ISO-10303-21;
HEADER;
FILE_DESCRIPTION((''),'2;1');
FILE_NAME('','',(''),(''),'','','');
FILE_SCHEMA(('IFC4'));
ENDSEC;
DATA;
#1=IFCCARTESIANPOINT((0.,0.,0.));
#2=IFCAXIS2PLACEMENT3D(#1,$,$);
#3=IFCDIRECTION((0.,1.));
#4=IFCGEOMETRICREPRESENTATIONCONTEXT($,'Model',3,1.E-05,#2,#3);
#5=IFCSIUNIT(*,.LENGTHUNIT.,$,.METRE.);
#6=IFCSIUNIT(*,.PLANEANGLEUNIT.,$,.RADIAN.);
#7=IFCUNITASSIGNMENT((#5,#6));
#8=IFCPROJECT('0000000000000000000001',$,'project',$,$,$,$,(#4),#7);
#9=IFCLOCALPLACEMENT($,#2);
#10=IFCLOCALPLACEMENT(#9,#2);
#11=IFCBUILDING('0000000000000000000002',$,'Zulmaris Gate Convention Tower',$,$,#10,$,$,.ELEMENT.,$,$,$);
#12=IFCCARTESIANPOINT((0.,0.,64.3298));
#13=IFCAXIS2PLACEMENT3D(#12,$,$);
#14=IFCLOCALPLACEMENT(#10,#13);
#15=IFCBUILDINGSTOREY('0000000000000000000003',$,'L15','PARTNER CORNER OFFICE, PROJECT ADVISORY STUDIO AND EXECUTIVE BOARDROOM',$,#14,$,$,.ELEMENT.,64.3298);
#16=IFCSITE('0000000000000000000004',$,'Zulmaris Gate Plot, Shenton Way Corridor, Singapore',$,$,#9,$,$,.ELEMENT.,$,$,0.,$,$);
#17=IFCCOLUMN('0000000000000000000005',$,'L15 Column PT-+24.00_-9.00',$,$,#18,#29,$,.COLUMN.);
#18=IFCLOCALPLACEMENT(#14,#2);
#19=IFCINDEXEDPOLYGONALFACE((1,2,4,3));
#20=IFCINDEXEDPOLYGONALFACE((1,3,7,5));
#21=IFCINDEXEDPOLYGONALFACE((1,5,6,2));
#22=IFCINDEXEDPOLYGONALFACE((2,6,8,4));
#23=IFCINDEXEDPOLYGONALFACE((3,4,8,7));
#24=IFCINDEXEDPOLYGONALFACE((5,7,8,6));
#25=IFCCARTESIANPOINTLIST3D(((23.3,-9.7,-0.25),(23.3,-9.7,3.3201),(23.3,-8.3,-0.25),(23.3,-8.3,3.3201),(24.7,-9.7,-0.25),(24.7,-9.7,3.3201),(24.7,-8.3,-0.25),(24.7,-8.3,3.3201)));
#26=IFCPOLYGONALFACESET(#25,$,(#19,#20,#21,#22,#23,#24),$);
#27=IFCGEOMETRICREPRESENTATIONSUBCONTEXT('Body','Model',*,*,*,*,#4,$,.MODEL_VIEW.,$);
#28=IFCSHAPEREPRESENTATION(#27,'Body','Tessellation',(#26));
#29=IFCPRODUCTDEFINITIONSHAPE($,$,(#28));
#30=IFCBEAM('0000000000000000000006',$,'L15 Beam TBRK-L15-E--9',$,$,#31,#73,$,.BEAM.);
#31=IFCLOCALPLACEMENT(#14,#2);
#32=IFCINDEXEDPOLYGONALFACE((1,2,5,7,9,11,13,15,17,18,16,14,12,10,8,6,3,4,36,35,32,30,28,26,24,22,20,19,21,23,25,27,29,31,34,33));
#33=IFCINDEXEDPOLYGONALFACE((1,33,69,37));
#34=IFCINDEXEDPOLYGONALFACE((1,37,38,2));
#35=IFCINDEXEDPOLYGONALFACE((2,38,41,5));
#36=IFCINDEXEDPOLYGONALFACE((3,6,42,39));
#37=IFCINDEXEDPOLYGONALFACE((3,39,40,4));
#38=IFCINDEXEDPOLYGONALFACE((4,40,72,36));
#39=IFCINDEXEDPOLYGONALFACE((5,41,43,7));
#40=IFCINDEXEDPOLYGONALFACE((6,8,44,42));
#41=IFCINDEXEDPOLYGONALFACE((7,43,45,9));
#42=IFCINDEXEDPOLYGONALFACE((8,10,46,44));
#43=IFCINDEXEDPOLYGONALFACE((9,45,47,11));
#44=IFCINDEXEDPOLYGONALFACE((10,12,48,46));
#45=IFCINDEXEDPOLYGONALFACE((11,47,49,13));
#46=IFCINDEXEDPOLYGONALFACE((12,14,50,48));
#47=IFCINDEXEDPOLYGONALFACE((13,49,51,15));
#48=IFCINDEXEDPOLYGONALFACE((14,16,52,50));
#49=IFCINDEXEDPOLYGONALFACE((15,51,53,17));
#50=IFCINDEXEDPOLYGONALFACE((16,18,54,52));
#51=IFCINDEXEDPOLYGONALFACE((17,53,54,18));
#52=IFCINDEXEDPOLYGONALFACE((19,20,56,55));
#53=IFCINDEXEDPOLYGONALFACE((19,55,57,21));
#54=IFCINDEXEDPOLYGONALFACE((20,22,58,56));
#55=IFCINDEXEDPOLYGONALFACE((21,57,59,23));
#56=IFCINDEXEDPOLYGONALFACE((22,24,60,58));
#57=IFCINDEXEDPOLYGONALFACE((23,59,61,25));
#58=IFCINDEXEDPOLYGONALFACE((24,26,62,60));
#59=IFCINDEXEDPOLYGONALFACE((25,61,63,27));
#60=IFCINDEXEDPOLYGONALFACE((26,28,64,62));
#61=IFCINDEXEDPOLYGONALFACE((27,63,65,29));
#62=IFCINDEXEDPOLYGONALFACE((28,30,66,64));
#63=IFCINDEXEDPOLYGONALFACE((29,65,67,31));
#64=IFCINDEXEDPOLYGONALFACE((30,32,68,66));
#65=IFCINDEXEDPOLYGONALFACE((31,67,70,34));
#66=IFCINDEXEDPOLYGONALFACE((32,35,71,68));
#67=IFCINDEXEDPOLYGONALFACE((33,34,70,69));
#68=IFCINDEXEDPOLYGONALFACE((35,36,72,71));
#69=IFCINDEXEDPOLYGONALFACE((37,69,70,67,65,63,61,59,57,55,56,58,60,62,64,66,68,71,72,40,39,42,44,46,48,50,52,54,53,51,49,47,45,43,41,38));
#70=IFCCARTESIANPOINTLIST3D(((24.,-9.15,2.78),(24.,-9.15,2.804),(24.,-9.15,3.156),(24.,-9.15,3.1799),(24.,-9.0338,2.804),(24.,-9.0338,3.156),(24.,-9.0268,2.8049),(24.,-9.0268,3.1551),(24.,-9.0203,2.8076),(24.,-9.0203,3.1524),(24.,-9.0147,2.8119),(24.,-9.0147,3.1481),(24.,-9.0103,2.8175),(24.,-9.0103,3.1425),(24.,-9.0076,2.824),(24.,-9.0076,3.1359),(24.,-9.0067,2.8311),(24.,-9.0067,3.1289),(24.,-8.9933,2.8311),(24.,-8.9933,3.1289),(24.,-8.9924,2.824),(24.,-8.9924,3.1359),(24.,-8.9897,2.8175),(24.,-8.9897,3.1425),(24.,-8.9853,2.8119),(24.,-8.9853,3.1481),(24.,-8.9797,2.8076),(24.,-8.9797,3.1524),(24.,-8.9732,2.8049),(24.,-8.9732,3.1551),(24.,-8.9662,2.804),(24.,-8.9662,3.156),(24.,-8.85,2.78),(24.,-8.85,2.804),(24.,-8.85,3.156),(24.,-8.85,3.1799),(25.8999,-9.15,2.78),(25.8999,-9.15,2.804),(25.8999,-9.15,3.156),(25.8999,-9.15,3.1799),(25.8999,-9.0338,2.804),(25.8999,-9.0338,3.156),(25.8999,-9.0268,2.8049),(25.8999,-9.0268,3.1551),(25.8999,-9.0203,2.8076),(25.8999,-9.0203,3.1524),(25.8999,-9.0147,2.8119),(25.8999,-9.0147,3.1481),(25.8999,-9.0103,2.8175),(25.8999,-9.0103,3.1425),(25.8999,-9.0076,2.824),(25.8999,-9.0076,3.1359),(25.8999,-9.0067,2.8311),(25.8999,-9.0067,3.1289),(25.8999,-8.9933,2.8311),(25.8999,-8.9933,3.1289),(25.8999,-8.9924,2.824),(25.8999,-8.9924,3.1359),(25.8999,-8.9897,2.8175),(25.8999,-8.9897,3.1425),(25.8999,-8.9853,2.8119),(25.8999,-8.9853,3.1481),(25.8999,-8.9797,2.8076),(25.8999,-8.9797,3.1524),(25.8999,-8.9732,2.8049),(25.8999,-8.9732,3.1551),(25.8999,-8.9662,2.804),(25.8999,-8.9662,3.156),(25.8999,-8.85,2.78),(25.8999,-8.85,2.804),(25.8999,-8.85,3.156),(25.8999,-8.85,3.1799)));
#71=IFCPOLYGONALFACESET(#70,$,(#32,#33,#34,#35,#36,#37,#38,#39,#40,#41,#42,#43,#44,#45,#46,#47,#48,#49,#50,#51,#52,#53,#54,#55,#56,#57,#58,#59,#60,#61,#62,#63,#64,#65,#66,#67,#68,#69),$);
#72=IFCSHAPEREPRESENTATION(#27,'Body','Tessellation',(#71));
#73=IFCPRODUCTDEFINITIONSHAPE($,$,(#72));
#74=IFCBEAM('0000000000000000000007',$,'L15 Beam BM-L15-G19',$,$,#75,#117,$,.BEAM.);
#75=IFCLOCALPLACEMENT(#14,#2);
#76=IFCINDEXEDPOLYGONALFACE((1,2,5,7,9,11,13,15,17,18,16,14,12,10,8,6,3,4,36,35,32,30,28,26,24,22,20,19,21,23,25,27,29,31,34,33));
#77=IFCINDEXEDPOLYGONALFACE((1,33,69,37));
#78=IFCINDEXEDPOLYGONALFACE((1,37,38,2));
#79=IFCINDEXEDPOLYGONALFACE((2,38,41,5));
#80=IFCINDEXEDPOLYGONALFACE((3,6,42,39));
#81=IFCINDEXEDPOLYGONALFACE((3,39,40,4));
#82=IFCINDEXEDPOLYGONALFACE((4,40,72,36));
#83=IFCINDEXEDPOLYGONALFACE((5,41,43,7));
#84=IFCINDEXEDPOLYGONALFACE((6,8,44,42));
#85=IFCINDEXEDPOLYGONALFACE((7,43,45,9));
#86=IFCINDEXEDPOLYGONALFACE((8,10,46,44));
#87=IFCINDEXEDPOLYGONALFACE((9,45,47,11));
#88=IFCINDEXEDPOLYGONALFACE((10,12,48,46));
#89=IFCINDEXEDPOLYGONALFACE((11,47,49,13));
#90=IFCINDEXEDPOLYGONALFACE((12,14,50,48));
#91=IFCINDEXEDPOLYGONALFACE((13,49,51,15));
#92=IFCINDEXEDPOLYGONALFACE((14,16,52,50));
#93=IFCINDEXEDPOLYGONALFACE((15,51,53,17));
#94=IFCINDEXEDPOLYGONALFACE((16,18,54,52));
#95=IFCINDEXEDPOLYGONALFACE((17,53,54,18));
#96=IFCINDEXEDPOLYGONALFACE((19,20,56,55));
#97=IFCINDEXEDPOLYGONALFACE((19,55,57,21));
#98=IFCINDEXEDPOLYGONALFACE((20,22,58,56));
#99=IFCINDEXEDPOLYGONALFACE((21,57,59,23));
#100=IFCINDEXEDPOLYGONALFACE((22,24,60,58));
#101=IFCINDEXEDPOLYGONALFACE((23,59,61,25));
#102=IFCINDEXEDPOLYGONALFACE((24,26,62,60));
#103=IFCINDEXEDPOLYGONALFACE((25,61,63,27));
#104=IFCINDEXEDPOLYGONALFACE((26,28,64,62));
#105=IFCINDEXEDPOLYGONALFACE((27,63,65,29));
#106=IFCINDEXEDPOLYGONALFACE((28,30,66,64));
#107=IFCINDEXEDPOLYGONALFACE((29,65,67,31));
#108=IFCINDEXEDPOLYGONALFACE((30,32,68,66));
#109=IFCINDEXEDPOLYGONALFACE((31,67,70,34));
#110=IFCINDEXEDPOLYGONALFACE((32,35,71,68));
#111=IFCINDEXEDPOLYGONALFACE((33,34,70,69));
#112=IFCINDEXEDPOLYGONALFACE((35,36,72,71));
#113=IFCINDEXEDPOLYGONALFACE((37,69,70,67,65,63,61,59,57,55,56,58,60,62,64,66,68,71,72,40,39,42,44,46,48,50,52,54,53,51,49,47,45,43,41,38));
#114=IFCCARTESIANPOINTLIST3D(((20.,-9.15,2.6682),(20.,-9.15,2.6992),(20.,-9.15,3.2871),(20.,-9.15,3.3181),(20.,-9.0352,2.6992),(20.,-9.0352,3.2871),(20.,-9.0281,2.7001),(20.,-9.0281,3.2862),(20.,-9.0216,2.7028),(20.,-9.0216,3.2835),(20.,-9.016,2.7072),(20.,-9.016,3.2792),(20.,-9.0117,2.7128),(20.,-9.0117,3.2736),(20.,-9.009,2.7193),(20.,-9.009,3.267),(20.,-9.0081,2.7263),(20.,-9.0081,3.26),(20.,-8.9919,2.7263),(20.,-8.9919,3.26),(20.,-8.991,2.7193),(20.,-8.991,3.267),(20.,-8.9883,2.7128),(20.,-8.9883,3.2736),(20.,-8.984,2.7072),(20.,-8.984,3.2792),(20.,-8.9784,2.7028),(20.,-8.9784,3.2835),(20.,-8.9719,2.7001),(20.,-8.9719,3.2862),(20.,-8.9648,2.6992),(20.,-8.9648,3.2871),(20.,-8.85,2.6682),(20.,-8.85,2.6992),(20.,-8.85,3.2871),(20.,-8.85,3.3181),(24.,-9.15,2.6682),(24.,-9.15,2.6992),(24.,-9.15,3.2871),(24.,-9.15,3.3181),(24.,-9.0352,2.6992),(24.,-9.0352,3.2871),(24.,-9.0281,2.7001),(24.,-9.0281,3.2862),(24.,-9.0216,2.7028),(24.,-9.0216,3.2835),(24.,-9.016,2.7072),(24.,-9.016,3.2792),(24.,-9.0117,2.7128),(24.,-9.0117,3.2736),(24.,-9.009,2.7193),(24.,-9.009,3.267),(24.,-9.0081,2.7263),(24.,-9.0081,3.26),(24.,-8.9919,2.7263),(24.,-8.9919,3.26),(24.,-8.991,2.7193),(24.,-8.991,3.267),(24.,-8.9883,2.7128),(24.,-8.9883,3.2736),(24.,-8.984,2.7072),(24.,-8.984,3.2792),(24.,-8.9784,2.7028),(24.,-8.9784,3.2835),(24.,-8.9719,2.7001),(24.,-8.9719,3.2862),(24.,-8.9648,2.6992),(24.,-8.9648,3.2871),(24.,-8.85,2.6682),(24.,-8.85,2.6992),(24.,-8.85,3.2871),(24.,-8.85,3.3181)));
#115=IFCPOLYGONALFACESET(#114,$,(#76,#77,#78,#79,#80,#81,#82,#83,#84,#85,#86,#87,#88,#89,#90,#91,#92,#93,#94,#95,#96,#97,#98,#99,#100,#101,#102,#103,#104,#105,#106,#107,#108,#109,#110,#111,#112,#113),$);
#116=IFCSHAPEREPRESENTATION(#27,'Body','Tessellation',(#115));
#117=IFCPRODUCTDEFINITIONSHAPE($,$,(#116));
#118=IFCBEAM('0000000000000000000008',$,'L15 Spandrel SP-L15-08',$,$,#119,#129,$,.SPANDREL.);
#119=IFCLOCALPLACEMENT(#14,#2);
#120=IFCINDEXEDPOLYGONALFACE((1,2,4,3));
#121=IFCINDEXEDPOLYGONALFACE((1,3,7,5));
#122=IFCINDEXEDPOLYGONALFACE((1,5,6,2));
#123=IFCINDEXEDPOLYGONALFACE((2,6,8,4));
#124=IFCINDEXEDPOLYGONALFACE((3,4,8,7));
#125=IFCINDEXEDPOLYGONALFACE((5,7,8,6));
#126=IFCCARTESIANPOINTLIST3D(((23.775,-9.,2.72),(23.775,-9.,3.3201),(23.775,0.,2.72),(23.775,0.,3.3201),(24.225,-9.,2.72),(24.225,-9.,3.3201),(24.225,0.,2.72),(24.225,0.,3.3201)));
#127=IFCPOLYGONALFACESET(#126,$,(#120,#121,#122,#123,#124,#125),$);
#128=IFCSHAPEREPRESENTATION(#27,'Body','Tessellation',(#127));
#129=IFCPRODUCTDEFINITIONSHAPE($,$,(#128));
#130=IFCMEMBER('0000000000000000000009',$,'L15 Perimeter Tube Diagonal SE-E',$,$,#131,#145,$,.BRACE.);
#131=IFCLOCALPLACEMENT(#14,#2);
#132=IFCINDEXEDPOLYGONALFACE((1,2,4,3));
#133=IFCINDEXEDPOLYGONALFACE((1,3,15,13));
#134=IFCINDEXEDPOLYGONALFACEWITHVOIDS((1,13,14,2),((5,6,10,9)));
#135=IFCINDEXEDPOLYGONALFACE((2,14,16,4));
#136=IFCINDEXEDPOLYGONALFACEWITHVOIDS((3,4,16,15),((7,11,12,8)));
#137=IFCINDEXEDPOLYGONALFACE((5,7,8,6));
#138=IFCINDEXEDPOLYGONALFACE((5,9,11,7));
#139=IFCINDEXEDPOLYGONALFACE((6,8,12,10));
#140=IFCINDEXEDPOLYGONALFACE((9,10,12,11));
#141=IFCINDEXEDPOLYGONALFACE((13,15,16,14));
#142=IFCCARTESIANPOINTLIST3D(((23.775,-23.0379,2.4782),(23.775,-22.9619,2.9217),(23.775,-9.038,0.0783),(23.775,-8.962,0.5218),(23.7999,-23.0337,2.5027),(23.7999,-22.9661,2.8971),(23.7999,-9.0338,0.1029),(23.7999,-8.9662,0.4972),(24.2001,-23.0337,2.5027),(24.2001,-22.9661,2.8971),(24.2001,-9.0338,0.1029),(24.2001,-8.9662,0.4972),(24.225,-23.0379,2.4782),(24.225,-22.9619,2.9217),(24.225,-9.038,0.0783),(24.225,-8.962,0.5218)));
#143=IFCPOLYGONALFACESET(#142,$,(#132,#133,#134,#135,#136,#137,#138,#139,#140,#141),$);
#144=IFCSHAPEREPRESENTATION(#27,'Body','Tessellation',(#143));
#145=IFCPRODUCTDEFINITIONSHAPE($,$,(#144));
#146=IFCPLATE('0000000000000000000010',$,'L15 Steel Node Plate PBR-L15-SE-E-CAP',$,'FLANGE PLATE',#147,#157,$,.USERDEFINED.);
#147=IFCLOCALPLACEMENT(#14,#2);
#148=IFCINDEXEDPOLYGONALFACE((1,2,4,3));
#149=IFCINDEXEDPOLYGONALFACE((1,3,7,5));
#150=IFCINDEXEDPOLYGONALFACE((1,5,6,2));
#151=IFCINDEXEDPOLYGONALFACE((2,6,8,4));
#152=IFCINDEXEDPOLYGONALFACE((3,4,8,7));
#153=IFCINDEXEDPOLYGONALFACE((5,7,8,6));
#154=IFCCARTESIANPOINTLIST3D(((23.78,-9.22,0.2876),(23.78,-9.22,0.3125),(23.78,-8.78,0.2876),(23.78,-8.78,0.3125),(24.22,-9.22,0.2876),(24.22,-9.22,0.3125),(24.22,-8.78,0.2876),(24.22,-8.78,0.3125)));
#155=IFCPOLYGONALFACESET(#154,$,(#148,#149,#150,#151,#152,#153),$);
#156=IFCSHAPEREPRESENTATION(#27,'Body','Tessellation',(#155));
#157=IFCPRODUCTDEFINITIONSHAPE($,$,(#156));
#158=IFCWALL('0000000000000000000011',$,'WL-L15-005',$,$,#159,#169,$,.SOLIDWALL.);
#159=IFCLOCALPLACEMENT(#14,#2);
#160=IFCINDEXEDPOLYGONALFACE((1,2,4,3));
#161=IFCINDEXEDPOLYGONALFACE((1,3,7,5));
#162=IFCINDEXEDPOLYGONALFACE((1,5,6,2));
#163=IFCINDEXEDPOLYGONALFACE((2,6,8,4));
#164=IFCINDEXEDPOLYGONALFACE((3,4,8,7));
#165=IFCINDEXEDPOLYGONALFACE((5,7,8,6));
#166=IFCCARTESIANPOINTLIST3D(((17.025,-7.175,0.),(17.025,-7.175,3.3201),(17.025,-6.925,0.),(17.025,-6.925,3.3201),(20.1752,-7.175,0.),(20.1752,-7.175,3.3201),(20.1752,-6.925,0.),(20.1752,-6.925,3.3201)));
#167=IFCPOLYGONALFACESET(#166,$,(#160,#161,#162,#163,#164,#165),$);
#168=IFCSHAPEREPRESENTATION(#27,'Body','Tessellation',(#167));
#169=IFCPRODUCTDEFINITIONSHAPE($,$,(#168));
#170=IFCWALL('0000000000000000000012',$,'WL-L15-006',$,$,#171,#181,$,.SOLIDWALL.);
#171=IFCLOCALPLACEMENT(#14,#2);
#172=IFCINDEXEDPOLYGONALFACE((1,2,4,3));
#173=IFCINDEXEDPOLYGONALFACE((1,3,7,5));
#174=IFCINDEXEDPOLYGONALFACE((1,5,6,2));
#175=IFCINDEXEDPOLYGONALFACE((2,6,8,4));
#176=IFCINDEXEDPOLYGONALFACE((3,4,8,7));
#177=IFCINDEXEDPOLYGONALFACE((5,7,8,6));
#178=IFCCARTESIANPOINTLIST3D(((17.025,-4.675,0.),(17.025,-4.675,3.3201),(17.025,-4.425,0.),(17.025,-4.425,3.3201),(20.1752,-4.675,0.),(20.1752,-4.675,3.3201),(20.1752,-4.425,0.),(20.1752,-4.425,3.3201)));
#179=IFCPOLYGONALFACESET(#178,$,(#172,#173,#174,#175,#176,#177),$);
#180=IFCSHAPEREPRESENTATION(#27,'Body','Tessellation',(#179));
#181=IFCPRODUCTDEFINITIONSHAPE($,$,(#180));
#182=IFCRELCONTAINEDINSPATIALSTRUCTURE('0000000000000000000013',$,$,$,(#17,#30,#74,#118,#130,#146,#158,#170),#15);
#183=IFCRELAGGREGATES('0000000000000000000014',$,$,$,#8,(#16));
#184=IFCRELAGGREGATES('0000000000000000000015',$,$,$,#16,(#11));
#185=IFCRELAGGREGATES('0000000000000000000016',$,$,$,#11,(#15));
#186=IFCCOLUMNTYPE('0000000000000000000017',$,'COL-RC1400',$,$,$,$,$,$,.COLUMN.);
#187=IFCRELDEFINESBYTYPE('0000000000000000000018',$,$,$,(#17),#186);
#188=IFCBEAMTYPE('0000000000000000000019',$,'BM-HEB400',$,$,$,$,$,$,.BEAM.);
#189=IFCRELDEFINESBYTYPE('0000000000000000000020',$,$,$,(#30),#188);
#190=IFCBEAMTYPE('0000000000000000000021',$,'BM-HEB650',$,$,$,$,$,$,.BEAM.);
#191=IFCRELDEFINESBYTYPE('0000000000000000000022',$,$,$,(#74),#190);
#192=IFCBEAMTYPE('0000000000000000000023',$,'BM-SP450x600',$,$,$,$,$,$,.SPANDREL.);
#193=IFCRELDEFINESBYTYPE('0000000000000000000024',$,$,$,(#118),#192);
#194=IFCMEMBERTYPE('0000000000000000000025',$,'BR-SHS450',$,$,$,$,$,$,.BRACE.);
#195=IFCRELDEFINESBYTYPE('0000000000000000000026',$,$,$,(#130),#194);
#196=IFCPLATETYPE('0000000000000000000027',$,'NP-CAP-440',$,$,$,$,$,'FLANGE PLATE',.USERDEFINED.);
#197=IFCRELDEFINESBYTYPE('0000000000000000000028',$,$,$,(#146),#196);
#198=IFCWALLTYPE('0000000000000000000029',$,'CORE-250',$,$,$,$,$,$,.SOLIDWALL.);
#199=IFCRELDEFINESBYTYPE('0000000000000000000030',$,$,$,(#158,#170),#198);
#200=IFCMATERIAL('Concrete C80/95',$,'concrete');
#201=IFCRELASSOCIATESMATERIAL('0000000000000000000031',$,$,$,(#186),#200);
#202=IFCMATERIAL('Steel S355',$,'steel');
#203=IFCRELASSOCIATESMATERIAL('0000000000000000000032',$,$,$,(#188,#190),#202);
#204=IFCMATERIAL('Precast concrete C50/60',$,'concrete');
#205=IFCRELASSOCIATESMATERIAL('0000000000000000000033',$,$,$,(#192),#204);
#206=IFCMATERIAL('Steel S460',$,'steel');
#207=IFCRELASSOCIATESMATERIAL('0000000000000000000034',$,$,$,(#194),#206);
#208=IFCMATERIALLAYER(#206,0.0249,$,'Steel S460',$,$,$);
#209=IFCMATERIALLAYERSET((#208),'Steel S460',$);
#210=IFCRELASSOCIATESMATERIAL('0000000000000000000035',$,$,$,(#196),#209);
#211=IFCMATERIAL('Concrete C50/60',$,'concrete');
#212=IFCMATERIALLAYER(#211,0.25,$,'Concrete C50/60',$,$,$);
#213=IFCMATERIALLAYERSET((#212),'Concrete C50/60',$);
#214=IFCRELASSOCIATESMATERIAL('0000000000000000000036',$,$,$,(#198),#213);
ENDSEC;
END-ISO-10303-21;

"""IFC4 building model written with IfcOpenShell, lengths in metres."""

from ifc_helpers import new_model, si_unit, direction, frame, frame_2d, origin, origin_2d, place, context, subcontext, project, spatial, rectangle, hollow_rectangle, i_section, extrude, material, layer, layer_set, material_profile, profile_set, type_object, element, save


model = new_model("IFC4")

# Units and contexts
model_context = context("Model", 3, precision=1e-05, world=origin(), true_north=direction((0.0, 1.0)))
body_context = subcontext(model_context, "Body", "Model", "MODEL_VIEW")
ifc_project = project(units=[si_unit("LENGTHUNIT", "METRE"), si_unit("PLANEANGLEUNIT", "RADIAN")], contexts=[model_context])

# Site, building, storey
site_placement = place(None, origin())
site = spatial("IfcSite", under=ifc_project, at=site_placement, Name="Zulmaris Gate Plot, Shenton Way Corridor, Singapore", CompositionType="ELEMENT", RefElevation=0.0)
building_placement = place(site_placement, origin())
building = spatial("IfcBuilding", under=site, at=building_placement, Name="Zulmaris Gate Convention Tower", CompositionType="ELEMENT")
storey_placement = place(building_placement, frame((0.0, 0.0, 64.3298)))
storey = spatial("IfcBuildingStorey", under=building, at=storey_placement, Name="L15", Description="PARTNER CORNER OFFICE, PROJECT ADVISORY STUDIO AND EXECUTIVE BOARDROOM", CompositionType="ELEMENT", Elevation=64.3298)

# Column
ifc_material_1 = material(Name="Concrete C80/95", Category="concrete")
ifc_material_profile_1 = material_profile(ifc_material_1, rectangle(XDim=1.3999, YDim=1.3999, at=origin_2d()), Name="RC COL 1400x1400")
ifc_profile_set_1 = profile_set([ifc_material_profile_1], Name="Concrete C80/95")
column_type = type_object("IfcColumnType", Name="COL-RC1400", PredefinedType="COLUMN", material=ifc_profile_set_1)
column_placement = place(storey_placement, frame((24.0, -9.0, -0.25), z_axis=(0.0, 0.0, 1.0), x_axis=(1.0, 0.0, 0.0)))
element("IfcColumn", 1, at=column_placement, inside=storey, type_object=column_type, Name="L15 Column PT-+24.00_-9.00", PredefinedType="COLUMN", context=body_context, shape_type="SweptSolid", body=[
    extrude(rectangle(XDim=1.3999, YDim=1.3999, at=origin_2d()), origin(), (0.0, 0.0, 1.0), 3.5701),
])

# Beams
ifc_material_2 = material(Name="Steel S355", Category="steel")
ifc_material_profile_2 = material_profile(ifc_material_2, i_section(OverallWidth=0.3, OverallDepth=0.3999, WebThickness=0.0134, FlangeThickness=0.0239, FilletRadius=0.0271, at=origin_2d()), Name="HEB 400")
ifc_profile_set_2 = profile_set([ifc_material_profile_2], Name="Steel S355")
beam_type_1 = type_object("IfcBeamType", Name="BM-HEB400", PredefinedType="BEAM", material=ifc_profile_set_2)
beam_1_placement = place(storey_placement, frame((24.0, -9.0, 2.98), z_axis=(1.0, 0.0, 0.0), x_axis=(0.0, 1.0, 0.0)))
element("IfcBeam", 2, at=beam_1_placement, inside=storey, type_object=beam_type_1, Name="L15 Beam TBRK-L15-E--9", PredefinedType="BEAM", context=body_context, shape_type="SweptSolid", body=[
    extrude(i_section(OverallWidth=0.3, OverallDepth=0.3999, WebThickness=0.0134, FlangeThickness=0.0239, FilletRadius=0.0271, at=origin_2d()), origin(), (0.0, 0.0, 1.0), 1.8999),
])
ifc_material_profile_3 = material_profile(ifc_material_2, i_section(OverallWidth=0.3, OverallDepth=0.6499, WebThickness=0.0161, FlangeThickness=0.031, FilletRadius=0.0271, at=origin_2d()), Name="HEB 650")
ifc_profile_set_3 = profile_set([ifc_material_profile_3], Name="Steel S355")
beam_type_2 = type_object("IfcBeamType", Name="BM-HEB650", PredefinedType="BEAM", material=ifc_profile_set_3)
beam_2_placement = place(storey_placement, frame((20.0, -9.0, 2.9932), z_axis=(1.0, 0.0, 0.0), x_axis=(0.0, 1.0, 0.0)))
element("IfcBeam", 3, at=beam_2_placement, inside=storey, type_object=beam_type_2, Name="L15 Beam BM-L15-G19", PredefinedType="BEAM", context=body_context, shape_type="SweptSolid", body=[
    extrude(i_section(OverallWidth=0.3, OverallDepth=0.6499, WebThickness=0.0161, FlangeThickness=0.031, FilletRadius=0.0271, at=origin_2d()), origin(), (0.0, 0.0, 1.0), 4.0),
])
ifc_material_3 = material(Name="Precast concrete C50/60", Category="concrete")
ifc_material_profile_4 = material_profile(ifc_material_3, rectangle(XDim=0.45, YDim=0.6001, at=origin_2d()), Name="RC SPANDREL 450x600")
ifc_profile_set_4 = profile_set([ifc_material_profile_4], Name="Precast concrete C50/60")
beam_type_3 = type_object("IfcBeamType", Name="BM-SP450x600", PredefinedType="SPANDREL", material=ifc_profile_set_4)
beam_3_placement = place(storey_placement, frame((24.0, -9.0, 3.02), z_axis=(0.0, 1.0, 0.0), x_axis=(-1.0, 0.0, 0.0)))
element("IfcBeam", 4, at=beam_3_placement, inside=storey, type_object=beam_type_3, Name="L15 Spandrel SP-L15-08", PredefinedType="SPANDREL", context=body_context, shape_type="SweptSolid", body=[
    extrude(rectangle(XDim=0.45, YDim=0.6001, at=origin_2d()), origin(), (0.0, 0.0, 1.0), 9.0),
])

# Member
ifc_material_4 = material(Name="Steel S460", Category="steel")
ifc_material_profile_5 = material_profile(ifc_material_4, hollow_rectangle(XDim=0.45, YDim=0.45, WallThickness=0.0249, at=origin_2d()), Name="SHS 450x450x25")
ifc_profile_set_5 = profile_set([ifc_material_profile_5], Name="Steel S460")
member_type = type_object("IfcMemberType", Name="BR-SHS450", PredefinedType="BRACE", material=ifc_profile_set_5)
member_placement = place(storey_placement, frame((24.0, -9.0, 0.3), z_axis=(0.0, -0.985623, 0.168957), x_axis=(1.0, 0.0, 0.0)))
element("IfcMember", 5, at=member_placement, inside=storey, type_object=member_type, Name="L15 Perimeter Tube Diagonal SE-E", PredefinedType="BRACE", context=body_context, shape_type="SweptSolid", body=[
    extrude(hollow_rectangle(XDim=0.45, YDim=0.45, WallThickness=0.0249, at=origin_2d()), origin(), (0.0, 0.0, 1.0), 14.2041),
])

# Plate
ifc_layer_1 = layer(ifc_material_4, 0.0249, Name="Steel S460")
ifc_layer_set_1 = layer_set([ifc_layer_1], Name="Steel S460")
plate_type = type_object("IfcPlateType", Name="NP-CAP-440", ElementType="FLANGE PLATE", PredefinedType="USERDEFINED", material=ifc_layer_set_1)
plate_placement = place(storey_placement, frame((24.0, -9.0, 0.2876), z_axis=(0.0, 0.0, 1.0), x_axis=(1.0, 0.0, 0.0)))
element("IfcPlate", 6, at=plate_placement, inside=storey, type_object=plate_type, Name="L15 Steel Node Plate PBR-L15-SE-E-CAP", ObjectType="FLANGE PLATE", PredefinedType="USERDEFINED", context=body_context, shape_type="SweptSolid", body=[
    extrude(rectangle(XDim=0.4399, YDim=0.4399, at=origin_2d()), origin(), (0.0, 0.0, 1.0), 0.0249),
])

# Walls
ifc_material_5 = material(Name="Concrete C50/60", Category="concrete")
ifc_layer_2 = layer(ifc_material_5, 0.25, Name="Concrete C50/60")
ifc_layer_set_2 = layer_set([ifc_layer_2], Name="Concrete C50/60")
wall_type_1 = type_object("IfcWallType", Name="CORE-250", PredefinedType="SOLIDWALL", material=ifc_layer_set_2)
for number, where, z_axis, x_axis, name in (
    (7, (17.0249, -7.05, 0.0), (0.0, 0.0, 1.0), (1.0, 0.0, 0.0), "WL-L15-005"),
    (8, (17.0249, -4.55, 0.0), (0.0, 0.0, 1.0), (1.0, 0.0, 0.0), "WL-L15-006"),
):
    element("IfcWall", number, at=place(storey_placement, frame(where, z_axis=z_axis, x_axis=x_axis)), inside=storey, type_object=wall_type_1, Name=name, PredefinedType="SOLIDWALL", context=body_context, shape_type="SweptSolid", body=[
        extrude(rectangle(XDim=3.1501, YDim=0.25, at=frame_2d((1.5752, 0.0))), origin(), (0.0, 0.0, 1.0), 3.3201),
    ])

save(model, "model.ifc")
